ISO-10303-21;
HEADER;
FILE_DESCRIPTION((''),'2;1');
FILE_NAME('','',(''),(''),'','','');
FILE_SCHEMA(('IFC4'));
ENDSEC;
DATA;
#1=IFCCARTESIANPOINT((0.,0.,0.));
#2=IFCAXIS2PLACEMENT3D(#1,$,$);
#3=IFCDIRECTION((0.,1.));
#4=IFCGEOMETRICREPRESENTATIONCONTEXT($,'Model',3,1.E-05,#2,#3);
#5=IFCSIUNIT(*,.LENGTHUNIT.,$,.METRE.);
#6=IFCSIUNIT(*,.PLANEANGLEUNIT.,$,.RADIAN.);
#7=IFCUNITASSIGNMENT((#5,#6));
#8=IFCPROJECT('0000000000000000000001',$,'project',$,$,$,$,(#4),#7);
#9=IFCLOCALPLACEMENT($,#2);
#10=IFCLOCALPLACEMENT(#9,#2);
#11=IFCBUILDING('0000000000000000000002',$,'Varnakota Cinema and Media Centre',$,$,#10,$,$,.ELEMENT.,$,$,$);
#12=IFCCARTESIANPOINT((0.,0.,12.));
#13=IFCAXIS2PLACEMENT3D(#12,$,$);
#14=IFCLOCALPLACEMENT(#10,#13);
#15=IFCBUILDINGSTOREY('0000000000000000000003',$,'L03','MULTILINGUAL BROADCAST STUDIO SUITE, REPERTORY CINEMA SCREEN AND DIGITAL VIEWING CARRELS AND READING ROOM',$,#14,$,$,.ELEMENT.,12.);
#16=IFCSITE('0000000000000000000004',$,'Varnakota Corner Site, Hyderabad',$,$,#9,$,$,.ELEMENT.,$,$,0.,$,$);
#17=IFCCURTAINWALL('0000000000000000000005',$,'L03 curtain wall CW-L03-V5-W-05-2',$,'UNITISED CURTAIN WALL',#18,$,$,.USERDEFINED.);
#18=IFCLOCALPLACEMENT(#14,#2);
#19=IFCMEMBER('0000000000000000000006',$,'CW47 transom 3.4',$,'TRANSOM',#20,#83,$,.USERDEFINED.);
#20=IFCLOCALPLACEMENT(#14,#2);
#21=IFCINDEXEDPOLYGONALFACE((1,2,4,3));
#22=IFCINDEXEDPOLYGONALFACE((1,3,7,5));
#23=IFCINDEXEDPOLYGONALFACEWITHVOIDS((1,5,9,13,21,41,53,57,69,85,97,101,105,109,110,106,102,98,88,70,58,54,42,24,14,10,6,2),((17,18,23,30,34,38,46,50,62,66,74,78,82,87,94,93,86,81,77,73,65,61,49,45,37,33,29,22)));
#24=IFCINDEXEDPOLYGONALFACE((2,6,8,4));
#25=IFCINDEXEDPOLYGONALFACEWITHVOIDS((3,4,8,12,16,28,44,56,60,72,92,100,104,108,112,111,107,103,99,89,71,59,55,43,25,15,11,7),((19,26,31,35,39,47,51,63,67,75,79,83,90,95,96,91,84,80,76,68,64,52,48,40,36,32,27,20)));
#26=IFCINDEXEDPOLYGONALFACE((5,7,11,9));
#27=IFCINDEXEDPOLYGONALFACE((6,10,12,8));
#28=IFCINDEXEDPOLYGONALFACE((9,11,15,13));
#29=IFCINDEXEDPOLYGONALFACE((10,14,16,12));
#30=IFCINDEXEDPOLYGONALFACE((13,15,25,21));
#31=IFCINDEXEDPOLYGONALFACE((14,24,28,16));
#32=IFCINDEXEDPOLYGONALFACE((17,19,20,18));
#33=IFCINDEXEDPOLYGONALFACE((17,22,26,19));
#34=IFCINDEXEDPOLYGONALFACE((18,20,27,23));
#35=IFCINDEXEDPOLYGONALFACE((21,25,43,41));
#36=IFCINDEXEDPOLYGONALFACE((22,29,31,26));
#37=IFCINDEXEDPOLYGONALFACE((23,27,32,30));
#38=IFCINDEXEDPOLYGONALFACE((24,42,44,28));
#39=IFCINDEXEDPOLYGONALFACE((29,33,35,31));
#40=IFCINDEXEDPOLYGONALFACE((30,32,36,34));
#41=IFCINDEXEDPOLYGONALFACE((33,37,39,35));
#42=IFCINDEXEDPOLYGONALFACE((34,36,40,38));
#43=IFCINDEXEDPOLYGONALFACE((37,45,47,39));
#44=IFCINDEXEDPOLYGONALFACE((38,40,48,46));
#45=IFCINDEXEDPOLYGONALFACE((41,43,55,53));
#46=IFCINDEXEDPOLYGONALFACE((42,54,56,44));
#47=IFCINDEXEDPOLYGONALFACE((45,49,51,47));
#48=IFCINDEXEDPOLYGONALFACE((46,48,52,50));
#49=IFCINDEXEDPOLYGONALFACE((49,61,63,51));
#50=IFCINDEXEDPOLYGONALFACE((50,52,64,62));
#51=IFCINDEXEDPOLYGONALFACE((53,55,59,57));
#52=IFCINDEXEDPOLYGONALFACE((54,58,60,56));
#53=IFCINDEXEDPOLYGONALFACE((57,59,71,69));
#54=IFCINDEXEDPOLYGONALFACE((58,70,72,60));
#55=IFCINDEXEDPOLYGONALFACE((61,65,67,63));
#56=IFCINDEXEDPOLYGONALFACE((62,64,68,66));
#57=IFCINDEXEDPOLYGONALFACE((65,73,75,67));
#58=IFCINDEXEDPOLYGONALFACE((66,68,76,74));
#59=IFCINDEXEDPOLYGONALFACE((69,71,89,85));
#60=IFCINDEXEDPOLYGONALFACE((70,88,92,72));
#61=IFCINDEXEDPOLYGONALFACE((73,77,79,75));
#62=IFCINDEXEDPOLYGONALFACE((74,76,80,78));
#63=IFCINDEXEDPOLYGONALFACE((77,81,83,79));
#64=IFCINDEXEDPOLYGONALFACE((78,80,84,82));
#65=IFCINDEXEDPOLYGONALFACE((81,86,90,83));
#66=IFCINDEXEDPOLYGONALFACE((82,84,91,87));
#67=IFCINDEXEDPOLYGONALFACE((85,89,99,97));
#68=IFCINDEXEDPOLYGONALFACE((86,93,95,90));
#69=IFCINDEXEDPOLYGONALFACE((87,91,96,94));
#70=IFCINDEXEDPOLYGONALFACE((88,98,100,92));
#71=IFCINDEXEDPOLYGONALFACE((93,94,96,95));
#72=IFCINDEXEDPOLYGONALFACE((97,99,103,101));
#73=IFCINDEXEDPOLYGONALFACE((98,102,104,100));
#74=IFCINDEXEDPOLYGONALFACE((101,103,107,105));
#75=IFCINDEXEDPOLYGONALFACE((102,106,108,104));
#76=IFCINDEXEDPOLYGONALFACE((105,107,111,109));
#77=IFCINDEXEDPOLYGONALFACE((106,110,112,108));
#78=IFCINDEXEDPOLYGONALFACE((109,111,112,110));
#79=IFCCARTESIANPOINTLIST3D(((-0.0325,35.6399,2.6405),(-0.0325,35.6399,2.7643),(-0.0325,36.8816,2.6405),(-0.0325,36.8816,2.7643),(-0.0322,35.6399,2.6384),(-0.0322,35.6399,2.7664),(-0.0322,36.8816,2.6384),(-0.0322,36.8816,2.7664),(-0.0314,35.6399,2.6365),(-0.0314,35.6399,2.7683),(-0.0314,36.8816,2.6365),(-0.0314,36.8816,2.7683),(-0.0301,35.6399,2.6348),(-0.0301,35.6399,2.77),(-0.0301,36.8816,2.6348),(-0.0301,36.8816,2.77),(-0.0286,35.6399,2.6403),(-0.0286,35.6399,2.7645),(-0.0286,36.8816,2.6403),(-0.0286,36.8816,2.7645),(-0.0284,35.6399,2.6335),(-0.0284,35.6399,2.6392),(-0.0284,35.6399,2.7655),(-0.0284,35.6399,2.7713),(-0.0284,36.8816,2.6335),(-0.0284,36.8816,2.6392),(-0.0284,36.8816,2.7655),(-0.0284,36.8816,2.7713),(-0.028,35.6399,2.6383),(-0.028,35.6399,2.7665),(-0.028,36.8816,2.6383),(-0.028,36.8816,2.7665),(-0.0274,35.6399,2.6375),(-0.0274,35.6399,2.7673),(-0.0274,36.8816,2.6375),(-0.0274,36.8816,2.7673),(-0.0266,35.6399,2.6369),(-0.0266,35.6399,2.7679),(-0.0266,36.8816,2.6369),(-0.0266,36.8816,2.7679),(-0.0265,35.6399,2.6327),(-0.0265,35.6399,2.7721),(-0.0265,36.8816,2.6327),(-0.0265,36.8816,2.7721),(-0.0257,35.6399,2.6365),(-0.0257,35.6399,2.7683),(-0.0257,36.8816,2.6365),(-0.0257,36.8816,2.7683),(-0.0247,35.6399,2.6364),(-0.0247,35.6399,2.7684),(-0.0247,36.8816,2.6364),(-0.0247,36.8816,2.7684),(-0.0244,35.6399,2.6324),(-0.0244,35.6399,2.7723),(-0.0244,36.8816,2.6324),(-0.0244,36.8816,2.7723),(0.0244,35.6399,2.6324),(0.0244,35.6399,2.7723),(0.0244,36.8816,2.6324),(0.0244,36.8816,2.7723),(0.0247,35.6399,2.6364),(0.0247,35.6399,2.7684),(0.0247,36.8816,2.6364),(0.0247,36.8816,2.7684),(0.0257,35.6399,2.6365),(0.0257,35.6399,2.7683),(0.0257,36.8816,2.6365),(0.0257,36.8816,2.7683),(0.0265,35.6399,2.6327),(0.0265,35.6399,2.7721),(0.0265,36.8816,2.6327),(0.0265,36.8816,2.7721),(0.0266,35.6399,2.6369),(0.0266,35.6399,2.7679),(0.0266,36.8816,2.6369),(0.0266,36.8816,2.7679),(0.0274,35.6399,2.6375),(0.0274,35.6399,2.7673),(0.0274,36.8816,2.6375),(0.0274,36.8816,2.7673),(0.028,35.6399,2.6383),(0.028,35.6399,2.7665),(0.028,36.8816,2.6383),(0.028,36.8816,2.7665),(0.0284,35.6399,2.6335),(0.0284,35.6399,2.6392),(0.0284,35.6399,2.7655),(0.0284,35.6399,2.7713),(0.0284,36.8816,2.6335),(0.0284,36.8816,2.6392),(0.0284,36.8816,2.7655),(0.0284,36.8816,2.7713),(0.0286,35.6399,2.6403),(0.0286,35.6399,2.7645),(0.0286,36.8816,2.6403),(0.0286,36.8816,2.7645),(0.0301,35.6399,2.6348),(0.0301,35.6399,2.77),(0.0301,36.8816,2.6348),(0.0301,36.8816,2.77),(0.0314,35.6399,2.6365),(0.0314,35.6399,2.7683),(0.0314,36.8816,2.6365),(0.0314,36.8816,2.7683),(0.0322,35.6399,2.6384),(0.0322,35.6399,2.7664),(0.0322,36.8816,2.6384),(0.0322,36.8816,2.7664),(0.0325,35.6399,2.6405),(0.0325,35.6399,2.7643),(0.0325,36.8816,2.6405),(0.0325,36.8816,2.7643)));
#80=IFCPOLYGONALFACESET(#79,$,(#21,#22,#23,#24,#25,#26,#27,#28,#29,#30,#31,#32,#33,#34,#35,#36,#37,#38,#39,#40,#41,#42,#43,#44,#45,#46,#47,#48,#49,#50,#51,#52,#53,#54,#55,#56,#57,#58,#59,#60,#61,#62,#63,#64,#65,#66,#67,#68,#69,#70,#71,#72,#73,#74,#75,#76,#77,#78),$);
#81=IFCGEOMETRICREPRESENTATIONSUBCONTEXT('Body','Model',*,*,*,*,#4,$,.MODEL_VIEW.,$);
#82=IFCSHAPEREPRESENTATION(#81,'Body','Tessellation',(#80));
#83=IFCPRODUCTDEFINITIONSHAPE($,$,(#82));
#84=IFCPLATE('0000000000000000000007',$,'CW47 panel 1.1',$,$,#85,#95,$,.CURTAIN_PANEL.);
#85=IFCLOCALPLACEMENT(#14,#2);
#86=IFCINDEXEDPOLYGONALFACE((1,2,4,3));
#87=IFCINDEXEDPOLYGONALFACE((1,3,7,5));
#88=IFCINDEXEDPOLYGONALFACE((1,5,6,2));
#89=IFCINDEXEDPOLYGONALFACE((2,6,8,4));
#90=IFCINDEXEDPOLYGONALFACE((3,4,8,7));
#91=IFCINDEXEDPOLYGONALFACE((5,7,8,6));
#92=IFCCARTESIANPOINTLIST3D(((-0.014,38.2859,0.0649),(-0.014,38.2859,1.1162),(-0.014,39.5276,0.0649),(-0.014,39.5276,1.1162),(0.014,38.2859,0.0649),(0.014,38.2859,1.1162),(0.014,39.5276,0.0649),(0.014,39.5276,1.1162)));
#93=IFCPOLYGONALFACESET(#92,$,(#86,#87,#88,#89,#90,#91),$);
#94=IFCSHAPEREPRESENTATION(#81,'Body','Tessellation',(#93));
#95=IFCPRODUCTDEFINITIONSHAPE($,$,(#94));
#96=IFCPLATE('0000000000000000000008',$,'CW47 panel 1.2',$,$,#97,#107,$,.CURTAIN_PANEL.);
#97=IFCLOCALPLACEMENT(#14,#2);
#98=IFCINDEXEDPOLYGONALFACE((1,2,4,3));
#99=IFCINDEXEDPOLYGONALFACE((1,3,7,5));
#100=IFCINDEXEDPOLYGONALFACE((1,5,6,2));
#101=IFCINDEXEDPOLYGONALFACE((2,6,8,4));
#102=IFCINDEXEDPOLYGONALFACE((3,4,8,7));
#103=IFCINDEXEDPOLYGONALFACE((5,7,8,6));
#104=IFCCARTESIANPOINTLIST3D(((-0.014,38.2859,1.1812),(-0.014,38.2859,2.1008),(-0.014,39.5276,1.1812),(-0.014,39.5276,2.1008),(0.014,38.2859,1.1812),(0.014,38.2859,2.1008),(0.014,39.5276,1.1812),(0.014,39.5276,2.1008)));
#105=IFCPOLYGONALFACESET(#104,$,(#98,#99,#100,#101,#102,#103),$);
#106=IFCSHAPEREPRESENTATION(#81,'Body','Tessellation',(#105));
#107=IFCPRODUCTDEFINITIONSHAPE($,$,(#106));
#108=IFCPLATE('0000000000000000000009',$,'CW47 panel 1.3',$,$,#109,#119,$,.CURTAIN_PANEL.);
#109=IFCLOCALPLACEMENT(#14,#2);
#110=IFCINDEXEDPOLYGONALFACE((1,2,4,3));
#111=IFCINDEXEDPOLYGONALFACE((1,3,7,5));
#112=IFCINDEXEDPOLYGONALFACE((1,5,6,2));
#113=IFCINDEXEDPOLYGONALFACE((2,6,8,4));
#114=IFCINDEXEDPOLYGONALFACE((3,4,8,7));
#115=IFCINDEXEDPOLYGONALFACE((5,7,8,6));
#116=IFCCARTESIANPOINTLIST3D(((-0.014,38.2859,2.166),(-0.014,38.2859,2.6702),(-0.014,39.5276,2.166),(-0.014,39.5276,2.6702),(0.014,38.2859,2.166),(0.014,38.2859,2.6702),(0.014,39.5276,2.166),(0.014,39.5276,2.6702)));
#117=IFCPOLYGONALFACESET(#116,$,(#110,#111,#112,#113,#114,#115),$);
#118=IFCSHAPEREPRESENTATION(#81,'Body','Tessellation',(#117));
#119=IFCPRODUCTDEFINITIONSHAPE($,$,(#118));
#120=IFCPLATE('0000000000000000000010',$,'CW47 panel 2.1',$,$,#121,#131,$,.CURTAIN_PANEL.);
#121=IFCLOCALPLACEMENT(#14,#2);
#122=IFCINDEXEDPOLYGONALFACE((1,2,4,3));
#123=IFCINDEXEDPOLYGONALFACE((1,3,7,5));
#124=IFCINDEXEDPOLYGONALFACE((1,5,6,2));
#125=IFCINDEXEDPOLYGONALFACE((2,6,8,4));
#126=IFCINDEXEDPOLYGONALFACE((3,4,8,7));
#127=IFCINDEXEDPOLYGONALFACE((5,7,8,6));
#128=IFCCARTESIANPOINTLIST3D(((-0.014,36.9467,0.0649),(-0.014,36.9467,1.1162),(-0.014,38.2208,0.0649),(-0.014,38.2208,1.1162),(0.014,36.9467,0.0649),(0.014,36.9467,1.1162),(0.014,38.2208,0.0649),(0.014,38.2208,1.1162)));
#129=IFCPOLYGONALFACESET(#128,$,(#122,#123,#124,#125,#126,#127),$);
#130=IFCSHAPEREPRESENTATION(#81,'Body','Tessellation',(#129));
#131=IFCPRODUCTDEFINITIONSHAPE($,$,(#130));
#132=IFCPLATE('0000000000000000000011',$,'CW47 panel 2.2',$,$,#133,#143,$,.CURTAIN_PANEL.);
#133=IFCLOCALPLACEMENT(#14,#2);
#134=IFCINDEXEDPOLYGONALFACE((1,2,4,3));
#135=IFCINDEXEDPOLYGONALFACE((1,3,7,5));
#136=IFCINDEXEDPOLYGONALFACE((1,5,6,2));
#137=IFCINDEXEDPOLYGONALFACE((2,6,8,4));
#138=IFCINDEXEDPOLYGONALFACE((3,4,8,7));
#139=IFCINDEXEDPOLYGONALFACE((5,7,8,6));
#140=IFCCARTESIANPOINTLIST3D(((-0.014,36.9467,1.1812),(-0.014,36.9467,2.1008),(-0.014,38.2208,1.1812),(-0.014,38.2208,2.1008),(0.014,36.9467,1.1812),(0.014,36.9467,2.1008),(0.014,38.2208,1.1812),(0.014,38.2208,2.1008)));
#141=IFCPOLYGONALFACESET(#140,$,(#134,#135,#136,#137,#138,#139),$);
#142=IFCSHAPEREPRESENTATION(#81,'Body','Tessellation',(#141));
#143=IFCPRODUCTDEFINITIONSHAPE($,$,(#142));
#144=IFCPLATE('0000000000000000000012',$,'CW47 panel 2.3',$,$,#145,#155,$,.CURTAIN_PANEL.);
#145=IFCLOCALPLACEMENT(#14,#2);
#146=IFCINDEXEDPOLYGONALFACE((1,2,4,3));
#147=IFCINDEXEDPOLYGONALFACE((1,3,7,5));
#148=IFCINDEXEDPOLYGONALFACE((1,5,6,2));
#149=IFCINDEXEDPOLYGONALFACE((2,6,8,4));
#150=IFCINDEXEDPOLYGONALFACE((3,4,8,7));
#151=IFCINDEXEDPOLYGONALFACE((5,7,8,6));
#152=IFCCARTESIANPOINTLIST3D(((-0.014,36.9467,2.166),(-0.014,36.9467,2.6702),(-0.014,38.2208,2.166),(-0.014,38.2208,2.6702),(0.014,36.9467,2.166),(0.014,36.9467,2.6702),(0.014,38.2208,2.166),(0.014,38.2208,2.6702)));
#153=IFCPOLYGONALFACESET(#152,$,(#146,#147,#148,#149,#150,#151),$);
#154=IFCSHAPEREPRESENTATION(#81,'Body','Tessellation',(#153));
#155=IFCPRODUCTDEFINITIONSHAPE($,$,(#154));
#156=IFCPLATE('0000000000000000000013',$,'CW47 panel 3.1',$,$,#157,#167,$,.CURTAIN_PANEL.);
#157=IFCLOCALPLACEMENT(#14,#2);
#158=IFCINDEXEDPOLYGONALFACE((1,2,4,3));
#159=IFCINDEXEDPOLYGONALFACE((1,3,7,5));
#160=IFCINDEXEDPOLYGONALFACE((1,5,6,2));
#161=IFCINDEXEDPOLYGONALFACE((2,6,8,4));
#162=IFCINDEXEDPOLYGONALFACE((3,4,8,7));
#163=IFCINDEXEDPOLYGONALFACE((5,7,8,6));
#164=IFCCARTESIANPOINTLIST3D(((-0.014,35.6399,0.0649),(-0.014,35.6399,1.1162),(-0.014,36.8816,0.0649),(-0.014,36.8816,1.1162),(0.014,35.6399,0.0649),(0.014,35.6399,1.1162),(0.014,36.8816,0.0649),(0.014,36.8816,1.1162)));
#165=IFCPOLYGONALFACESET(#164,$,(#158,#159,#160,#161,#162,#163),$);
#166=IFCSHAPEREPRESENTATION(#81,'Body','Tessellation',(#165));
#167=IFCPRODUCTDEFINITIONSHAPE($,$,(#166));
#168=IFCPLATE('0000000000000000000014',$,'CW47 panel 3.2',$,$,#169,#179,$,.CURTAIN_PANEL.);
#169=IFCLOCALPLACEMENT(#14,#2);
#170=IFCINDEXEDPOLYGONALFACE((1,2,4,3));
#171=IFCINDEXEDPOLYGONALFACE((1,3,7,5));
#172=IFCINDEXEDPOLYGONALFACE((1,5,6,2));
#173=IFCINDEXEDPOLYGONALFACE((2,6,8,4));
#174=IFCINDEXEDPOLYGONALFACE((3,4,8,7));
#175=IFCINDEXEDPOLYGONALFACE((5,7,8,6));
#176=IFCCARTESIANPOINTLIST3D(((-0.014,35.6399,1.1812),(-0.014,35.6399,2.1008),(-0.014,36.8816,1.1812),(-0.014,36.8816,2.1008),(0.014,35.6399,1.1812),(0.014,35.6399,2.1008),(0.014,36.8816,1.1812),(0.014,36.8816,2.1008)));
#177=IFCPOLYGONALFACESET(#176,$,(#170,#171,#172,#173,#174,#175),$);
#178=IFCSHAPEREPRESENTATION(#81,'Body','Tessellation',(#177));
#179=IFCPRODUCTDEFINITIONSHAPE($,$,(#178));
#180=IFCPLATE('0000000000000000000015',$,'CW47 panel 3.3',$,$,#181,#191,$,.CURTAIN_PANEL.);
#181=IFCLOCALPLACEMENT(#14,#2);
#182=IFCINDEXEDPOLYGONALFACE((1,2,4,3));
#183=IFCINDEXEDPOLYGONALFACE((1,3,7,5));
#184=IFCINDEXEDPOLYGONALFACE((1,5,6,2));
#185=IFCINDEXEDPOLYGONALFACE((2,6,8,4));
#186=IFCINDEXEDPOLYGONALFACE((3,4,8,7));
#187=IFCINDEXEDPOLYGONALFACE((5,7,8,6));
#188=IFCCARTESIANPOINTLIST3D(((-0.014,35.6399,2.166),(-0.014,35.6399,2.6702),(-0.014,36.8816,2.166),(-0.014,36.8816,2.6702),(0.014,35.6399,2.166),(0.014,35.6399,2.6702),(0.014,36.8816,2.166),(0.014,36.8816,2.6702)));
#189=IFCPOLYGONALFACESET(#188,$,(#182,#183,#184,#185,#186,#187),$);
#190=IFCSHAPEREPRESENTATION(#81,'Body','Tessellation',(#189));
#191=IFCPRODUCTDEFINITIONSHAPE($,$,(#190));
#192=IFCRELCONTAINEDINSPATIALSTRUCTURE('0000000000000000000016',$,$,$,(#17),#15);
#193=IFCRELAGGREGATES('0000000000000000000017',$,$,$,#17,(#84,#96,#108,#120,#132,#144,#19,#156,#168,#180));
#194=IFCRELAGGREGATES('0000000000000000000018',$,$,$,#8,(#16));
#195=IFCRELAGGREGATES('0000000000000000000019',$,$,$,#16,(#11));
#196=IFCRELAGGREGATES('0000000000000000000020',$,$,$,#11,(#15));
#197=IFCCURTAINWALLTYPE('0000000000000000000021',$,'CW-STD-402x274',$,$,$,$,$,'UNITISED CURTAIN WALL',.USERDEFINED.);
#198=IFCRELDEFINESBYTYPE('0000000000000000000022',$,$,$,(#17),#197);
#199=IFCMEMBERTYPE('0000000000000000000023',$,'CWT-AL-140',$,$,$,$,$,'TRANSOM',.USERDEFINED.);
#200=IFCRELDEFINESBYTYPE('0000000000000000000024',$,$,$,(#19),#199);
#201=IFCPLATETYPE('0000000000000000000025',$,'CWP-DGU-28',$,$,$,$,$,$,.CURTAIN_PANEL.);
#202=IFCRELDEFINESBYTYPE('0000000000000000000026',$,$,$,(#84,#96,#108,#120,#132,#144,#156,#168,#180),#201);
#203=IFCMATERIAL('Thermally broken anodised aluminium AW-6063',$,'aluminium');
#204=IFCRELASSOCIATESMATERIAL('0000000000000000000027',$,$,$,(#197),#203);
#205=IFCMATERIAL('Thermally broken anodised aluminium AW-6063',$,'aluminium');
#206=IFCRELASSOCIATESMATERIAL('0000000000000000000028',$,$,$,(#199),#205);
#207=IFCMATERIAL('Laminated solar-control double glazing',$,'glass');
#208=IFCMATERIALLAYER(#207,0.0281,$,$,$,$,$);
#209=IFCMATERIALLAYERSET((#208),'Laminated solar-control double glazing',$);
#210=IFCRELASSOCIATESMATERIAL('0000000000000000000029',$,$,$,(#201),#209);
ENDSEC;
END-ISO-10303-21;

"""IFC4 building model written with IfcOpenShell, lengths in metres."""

from ifc_helpers import new_model, si_unit, direction, frame, origin, origin_2d, place, context, subcontext, project, spatial, rectangle, hollow_rectangle, extrude, material, layer, layer_set, material_profile, profile_set, type_object, element, aggregate, save


model = new_model("IFC4")

# Units and contexts
model_context = context("Model", 3, precision=1e-05, world=origin(), true_north=direction((0.0, 1.0)))
body_context = subcontext(model_context, "Body", "Model", "MODEL_VIEW")
ifc_project = project(units=[si_unit("LENGTHUNIT", "METRE"), si_unit("PLANEANGLEUNIT", "RADIAN")], contexts=[model_context])

# Site, building, storey
site_placement = place(None, origin())
site = spatial("IfcSite", under=ifc_project, at=site_placement, Name="Varnakota Corner Site, Hyderabad", CompositionType="ELEMENT", RefElevation=0.0)
building_placement = place(site_placement, origin())
building = spatial("IfcBuilding", under=site, at=building_placement, Name="Varnakota Cinema and Media Centre", CompositionType="ELEMENT")
storey_placement = place(building_placement, frame((0.0, 0.0, 12.0)))
storey = spatial("IfcBuildingStorey", under=building, at=storey_placement, Name="L03", Description="MULTILINGUAL BROADCAST STUDIO SUITE, REPERTORY CINEMA SCREEN AND DIGITAL VIEWING CARRELS AND READING ROOM", CompositionType="ELEMENT", Elevation=12.0)

# Curtain wall, member, plates
ifc_material_1 = material(Name="Thermally broken anodised aluminium AW-6063", Category="aluminium")
curtain_wall_type = type_object("IfcCurtainWallType", Name="CW-STD-402x274", ElementType="UNITISED CURTAIN WALL", PredefinedType="USERDEFINED", material=ifc_material_1)
curtain_wall_placement = place(storey_placement, origin())
curtain_wall = element("IfcCurtainWall", 1, at=curtain_wall_placement, inside=storey, type_object=curtain_wall_type, Name="L03 curtain wall CW-L03-V5-W-05-2", ObjectType="UNITISED CURTAIN WALL", PredefinedType="USERDEFINED")
ifc_material_2 = material(Name="Thermally broken anodised aluminium AW-6063", Category="aluminium")
ifc_material_profile_1 = material_profile(ifc_material_2, hollow_rectangle(XDim=0.0649, YDim=0.1399, WallThickness=0.0039, InnerFilletRadius=0.0039, OuterFilletRadius=0.0081, at=origin_2d()), Name="AL-TRANSOM 140x65x4")
ifc_profile_set_1 = profile_set([ifc_material_profile_1], Name="Thermally broken anodised aluminium AW-6063")
member_type_1 = type_object("IfcMemberType", Name="CWT-AL-140", ElementType="TRANSOM", PredefinedType="USERDEFINED", material=ifc_profile_set_1)
member_1_placement = place(storey_placement, frame((0.0, 36.8816, 2.7024), z_axis=(0.0, -1.0, 0.0), x_axis=(1.0, 0.0, 0.0)))
member_1 = element("IfcMember", 2, at=member_1_placement, type_object=member_type_1, Name="CW47 transom 3.4", ObjectType="TRANSOM", PredefinedType="USERDEFINED", context=body_context, shape_type="SweptSolid", body=[
    extrude(hollow_rectangle(XDim=0.0649, YDim=0.1399, WallThickness=0.0039, InnerFilletRadius=0.0039, OuterFilletRadius=0.0081, at=origin_2d()), origin(), (0.0, 0.0, 1.0), 1.2417),
])
ifc_material_3 = material(Name="Laminated solar-control double glazing", Category="glass")
ifc_layer = layer(ifc_material_3, 0.0281)
ifc_layer_set = layer_set([ifc_layer], Name="Laminated solar-control double glazing")
plate_type = type_object("IfcPlateType", Name="CWP-DGU-28", PredefinedType="CURTAIN_PANEL", material=ifc_layer_set)
plate_1_placement = place(storey_placement, frame((0.0, 38.9067, 0.0649), z_axis=(0.0, 0.0, 1.0), x_axis=(0.0, -1.0, 0.0)))
plate_1 = element("IfcPlate", 3, at=plate_1_placement, type_object=plate_type, Name="CW47 panel 1.1", PredefinedType="CURTAIN_PANEL", context=body_context, shape_type="SweptSolid", body=[
    extrude(rectangle(XDim=1.2417, YDim=0.0281, at=origin_2d()), origin(), (0.0, 0.0, 1.0), 1.0513),
])
plate_2_placement = place(storey_placement, frame((0.0, 38.9067, 1.1812), z_axis=(0.0, 0.0, 1.0), x_axis=(0.0, -1.0, 0.0)))
plate_2 = element("IfcPlate", 4, at=plate_2_placement, type_object=plate_type, Name="CW47 panel 1.2", PredefinedType="CURTAIN_PANEL", context=body_context, shape_type="SweptSolid", body=[
    extrude(rectangle(XDim=1.2417, YDim=0.0281, at=origin_2d()), origin(), (0.0, 0.0, 1.0), 0.9197),
])
plate_3_placement = place(storey_placement, frame((0.0, 38.9067, 2.166), z_axis=(0.0, 0.0, 1.0), x_axis=(0.0, -1.0, 0.0)))
plate_3 = element("IfcPlate", 5, at=plate_3_placement, type_object=plate_type, Name="CW47 panel 1.3", PredefinedType="CURTAIN_PANEL", context=body_context, shape_type="SweptSolid", body=[
    extrude(rectangle(XDim=1.2417, YDim=0.0281, at=origin_2d()), origin(), (0.0, 0.0, 1.0), 0.5042),
])
plate_4_placement = place(storey_placement, frame((0.0, 37.5837, 0.0649), z_axis=(0.0, 0.0, 1.0), x_axis=(0.0, -1.0, 0.0)))
plate_4 = element("IfcPlate", 6, at=plate_4_placement, type_object=plate_type, Name="CW47 panel 2.1", PredefinedType="CURTAIN_PANEL", context=body_context, shape_type="SweptSolid", body=[
    extrude(rectangle(XDim=1.2742, YDim=0.0281, at=origin_2d()), origin(), (0.0, 0.0, 1.0), 1.0513),
])
plate_5_placement = place(storey_placement, frame((0.0, 37.5837, 1.1812), z_axis=(0.0, 0.0, 1.0), x_axis=(0.0, -1.0, 0.0)))
plate_5 = element("IfcPlate", 7, at=plate_5_placement, type_object=plate_type, Name="CW47 panel 2.2", PredefinedType="CURTAIN_PANEL", context=body_context, shape_type="SweptSolid", body=[
    extrude(rectangle(XDim=1.2742, YDim=0.0281, at=origin_2d()), origin(), (0.0, 0.0, 1.0), 0.9197),
])
plate_6_placement = place(storey_placement, frame((0.0, 37.5837, 2.166), z_axis=(0.0, 0.0, 1.0), x_axis=(0.0, -1.0, 0.0)))
plate_6 = element("IfcPlate", 8, at=plate_6_placement, type_object=plate_type, Name="CW47 panel 2.3", PredefinedType="CURTAIN_PANEL", context=body_context, shape_type="SweptSolid", body=[
    extrude(rectangle(XDim=1.2742, YDim=0.0281, at=origin_2d()), origin(), (0.0, 0.0, 1.0), 0.5042),
])
plate_7_placement = place(storey_placement, frame((0.0, 36.2607, 0.0649), z_axis=(0.0, 0.0, 1.0), x_axis=(0.0, -1.0, 0.0)))
plate_7 = element("IfcPlate", 9, at=plate_7_placement, type_object=plate_type, Name="CW47 panel 3.1", PredefinedType="CURTAIN_PANEL", context=body_context, shape_type="SweptSolid", body=[
    extrude(rectangle(XDim=1.2417, YDim=0.0281, at=origin_2d()), origin(), (0.0, 0.0, 1.0), 1.0513),
])
plate_8_placement = place(storey_placement, frame((0.0, 36.2607, 1.1812), z_axis=(0.0, 0.0, 1.0), x_axis=(0.0, -1.0, 0.0)))
plate_8 = element("IfcPlate", 10, at=plate_8_placement, type_object=plate_type, Name="CW47 panel 3.2", PredefinedType="CURTAIN_PANEL", context=body_context, shape_type="SweptSolid", body=[
    extrude(rectangle(XDim=1.2417, YDim=0.0281, at=origin_2d()), origin(), (0.0, 0.0, 1.0), 0.9197),
])
plate_9_placement = place(storey_placement, frame((0.0, 36.2607, 2.166), z_axis=(0.0, 0.0, 1.0), x_axis=(0.0, -1.0, 0.0)))
plate_9 = element("IfcPlate", 11, at=plate_9_placement, type_object=plate_type, Name="CW47 panel 3.3", PredefinedType="CURTAIN_PANEL", context=body_context, shape_type="SweptSolid", body=[
    extrude(rectangle(XDim=1.2417, YDim=0.0281, at=origin_2d()), origin(), (0.0, 0.0, 1.0), 0.5042),
])
aggregate(curtain_wall, [plate_1, plate_2, plate_3, plate_4, plate_5, plate_6, member_1, plate_7, plate_8, plate_9])

save(model, "model.ifc")
